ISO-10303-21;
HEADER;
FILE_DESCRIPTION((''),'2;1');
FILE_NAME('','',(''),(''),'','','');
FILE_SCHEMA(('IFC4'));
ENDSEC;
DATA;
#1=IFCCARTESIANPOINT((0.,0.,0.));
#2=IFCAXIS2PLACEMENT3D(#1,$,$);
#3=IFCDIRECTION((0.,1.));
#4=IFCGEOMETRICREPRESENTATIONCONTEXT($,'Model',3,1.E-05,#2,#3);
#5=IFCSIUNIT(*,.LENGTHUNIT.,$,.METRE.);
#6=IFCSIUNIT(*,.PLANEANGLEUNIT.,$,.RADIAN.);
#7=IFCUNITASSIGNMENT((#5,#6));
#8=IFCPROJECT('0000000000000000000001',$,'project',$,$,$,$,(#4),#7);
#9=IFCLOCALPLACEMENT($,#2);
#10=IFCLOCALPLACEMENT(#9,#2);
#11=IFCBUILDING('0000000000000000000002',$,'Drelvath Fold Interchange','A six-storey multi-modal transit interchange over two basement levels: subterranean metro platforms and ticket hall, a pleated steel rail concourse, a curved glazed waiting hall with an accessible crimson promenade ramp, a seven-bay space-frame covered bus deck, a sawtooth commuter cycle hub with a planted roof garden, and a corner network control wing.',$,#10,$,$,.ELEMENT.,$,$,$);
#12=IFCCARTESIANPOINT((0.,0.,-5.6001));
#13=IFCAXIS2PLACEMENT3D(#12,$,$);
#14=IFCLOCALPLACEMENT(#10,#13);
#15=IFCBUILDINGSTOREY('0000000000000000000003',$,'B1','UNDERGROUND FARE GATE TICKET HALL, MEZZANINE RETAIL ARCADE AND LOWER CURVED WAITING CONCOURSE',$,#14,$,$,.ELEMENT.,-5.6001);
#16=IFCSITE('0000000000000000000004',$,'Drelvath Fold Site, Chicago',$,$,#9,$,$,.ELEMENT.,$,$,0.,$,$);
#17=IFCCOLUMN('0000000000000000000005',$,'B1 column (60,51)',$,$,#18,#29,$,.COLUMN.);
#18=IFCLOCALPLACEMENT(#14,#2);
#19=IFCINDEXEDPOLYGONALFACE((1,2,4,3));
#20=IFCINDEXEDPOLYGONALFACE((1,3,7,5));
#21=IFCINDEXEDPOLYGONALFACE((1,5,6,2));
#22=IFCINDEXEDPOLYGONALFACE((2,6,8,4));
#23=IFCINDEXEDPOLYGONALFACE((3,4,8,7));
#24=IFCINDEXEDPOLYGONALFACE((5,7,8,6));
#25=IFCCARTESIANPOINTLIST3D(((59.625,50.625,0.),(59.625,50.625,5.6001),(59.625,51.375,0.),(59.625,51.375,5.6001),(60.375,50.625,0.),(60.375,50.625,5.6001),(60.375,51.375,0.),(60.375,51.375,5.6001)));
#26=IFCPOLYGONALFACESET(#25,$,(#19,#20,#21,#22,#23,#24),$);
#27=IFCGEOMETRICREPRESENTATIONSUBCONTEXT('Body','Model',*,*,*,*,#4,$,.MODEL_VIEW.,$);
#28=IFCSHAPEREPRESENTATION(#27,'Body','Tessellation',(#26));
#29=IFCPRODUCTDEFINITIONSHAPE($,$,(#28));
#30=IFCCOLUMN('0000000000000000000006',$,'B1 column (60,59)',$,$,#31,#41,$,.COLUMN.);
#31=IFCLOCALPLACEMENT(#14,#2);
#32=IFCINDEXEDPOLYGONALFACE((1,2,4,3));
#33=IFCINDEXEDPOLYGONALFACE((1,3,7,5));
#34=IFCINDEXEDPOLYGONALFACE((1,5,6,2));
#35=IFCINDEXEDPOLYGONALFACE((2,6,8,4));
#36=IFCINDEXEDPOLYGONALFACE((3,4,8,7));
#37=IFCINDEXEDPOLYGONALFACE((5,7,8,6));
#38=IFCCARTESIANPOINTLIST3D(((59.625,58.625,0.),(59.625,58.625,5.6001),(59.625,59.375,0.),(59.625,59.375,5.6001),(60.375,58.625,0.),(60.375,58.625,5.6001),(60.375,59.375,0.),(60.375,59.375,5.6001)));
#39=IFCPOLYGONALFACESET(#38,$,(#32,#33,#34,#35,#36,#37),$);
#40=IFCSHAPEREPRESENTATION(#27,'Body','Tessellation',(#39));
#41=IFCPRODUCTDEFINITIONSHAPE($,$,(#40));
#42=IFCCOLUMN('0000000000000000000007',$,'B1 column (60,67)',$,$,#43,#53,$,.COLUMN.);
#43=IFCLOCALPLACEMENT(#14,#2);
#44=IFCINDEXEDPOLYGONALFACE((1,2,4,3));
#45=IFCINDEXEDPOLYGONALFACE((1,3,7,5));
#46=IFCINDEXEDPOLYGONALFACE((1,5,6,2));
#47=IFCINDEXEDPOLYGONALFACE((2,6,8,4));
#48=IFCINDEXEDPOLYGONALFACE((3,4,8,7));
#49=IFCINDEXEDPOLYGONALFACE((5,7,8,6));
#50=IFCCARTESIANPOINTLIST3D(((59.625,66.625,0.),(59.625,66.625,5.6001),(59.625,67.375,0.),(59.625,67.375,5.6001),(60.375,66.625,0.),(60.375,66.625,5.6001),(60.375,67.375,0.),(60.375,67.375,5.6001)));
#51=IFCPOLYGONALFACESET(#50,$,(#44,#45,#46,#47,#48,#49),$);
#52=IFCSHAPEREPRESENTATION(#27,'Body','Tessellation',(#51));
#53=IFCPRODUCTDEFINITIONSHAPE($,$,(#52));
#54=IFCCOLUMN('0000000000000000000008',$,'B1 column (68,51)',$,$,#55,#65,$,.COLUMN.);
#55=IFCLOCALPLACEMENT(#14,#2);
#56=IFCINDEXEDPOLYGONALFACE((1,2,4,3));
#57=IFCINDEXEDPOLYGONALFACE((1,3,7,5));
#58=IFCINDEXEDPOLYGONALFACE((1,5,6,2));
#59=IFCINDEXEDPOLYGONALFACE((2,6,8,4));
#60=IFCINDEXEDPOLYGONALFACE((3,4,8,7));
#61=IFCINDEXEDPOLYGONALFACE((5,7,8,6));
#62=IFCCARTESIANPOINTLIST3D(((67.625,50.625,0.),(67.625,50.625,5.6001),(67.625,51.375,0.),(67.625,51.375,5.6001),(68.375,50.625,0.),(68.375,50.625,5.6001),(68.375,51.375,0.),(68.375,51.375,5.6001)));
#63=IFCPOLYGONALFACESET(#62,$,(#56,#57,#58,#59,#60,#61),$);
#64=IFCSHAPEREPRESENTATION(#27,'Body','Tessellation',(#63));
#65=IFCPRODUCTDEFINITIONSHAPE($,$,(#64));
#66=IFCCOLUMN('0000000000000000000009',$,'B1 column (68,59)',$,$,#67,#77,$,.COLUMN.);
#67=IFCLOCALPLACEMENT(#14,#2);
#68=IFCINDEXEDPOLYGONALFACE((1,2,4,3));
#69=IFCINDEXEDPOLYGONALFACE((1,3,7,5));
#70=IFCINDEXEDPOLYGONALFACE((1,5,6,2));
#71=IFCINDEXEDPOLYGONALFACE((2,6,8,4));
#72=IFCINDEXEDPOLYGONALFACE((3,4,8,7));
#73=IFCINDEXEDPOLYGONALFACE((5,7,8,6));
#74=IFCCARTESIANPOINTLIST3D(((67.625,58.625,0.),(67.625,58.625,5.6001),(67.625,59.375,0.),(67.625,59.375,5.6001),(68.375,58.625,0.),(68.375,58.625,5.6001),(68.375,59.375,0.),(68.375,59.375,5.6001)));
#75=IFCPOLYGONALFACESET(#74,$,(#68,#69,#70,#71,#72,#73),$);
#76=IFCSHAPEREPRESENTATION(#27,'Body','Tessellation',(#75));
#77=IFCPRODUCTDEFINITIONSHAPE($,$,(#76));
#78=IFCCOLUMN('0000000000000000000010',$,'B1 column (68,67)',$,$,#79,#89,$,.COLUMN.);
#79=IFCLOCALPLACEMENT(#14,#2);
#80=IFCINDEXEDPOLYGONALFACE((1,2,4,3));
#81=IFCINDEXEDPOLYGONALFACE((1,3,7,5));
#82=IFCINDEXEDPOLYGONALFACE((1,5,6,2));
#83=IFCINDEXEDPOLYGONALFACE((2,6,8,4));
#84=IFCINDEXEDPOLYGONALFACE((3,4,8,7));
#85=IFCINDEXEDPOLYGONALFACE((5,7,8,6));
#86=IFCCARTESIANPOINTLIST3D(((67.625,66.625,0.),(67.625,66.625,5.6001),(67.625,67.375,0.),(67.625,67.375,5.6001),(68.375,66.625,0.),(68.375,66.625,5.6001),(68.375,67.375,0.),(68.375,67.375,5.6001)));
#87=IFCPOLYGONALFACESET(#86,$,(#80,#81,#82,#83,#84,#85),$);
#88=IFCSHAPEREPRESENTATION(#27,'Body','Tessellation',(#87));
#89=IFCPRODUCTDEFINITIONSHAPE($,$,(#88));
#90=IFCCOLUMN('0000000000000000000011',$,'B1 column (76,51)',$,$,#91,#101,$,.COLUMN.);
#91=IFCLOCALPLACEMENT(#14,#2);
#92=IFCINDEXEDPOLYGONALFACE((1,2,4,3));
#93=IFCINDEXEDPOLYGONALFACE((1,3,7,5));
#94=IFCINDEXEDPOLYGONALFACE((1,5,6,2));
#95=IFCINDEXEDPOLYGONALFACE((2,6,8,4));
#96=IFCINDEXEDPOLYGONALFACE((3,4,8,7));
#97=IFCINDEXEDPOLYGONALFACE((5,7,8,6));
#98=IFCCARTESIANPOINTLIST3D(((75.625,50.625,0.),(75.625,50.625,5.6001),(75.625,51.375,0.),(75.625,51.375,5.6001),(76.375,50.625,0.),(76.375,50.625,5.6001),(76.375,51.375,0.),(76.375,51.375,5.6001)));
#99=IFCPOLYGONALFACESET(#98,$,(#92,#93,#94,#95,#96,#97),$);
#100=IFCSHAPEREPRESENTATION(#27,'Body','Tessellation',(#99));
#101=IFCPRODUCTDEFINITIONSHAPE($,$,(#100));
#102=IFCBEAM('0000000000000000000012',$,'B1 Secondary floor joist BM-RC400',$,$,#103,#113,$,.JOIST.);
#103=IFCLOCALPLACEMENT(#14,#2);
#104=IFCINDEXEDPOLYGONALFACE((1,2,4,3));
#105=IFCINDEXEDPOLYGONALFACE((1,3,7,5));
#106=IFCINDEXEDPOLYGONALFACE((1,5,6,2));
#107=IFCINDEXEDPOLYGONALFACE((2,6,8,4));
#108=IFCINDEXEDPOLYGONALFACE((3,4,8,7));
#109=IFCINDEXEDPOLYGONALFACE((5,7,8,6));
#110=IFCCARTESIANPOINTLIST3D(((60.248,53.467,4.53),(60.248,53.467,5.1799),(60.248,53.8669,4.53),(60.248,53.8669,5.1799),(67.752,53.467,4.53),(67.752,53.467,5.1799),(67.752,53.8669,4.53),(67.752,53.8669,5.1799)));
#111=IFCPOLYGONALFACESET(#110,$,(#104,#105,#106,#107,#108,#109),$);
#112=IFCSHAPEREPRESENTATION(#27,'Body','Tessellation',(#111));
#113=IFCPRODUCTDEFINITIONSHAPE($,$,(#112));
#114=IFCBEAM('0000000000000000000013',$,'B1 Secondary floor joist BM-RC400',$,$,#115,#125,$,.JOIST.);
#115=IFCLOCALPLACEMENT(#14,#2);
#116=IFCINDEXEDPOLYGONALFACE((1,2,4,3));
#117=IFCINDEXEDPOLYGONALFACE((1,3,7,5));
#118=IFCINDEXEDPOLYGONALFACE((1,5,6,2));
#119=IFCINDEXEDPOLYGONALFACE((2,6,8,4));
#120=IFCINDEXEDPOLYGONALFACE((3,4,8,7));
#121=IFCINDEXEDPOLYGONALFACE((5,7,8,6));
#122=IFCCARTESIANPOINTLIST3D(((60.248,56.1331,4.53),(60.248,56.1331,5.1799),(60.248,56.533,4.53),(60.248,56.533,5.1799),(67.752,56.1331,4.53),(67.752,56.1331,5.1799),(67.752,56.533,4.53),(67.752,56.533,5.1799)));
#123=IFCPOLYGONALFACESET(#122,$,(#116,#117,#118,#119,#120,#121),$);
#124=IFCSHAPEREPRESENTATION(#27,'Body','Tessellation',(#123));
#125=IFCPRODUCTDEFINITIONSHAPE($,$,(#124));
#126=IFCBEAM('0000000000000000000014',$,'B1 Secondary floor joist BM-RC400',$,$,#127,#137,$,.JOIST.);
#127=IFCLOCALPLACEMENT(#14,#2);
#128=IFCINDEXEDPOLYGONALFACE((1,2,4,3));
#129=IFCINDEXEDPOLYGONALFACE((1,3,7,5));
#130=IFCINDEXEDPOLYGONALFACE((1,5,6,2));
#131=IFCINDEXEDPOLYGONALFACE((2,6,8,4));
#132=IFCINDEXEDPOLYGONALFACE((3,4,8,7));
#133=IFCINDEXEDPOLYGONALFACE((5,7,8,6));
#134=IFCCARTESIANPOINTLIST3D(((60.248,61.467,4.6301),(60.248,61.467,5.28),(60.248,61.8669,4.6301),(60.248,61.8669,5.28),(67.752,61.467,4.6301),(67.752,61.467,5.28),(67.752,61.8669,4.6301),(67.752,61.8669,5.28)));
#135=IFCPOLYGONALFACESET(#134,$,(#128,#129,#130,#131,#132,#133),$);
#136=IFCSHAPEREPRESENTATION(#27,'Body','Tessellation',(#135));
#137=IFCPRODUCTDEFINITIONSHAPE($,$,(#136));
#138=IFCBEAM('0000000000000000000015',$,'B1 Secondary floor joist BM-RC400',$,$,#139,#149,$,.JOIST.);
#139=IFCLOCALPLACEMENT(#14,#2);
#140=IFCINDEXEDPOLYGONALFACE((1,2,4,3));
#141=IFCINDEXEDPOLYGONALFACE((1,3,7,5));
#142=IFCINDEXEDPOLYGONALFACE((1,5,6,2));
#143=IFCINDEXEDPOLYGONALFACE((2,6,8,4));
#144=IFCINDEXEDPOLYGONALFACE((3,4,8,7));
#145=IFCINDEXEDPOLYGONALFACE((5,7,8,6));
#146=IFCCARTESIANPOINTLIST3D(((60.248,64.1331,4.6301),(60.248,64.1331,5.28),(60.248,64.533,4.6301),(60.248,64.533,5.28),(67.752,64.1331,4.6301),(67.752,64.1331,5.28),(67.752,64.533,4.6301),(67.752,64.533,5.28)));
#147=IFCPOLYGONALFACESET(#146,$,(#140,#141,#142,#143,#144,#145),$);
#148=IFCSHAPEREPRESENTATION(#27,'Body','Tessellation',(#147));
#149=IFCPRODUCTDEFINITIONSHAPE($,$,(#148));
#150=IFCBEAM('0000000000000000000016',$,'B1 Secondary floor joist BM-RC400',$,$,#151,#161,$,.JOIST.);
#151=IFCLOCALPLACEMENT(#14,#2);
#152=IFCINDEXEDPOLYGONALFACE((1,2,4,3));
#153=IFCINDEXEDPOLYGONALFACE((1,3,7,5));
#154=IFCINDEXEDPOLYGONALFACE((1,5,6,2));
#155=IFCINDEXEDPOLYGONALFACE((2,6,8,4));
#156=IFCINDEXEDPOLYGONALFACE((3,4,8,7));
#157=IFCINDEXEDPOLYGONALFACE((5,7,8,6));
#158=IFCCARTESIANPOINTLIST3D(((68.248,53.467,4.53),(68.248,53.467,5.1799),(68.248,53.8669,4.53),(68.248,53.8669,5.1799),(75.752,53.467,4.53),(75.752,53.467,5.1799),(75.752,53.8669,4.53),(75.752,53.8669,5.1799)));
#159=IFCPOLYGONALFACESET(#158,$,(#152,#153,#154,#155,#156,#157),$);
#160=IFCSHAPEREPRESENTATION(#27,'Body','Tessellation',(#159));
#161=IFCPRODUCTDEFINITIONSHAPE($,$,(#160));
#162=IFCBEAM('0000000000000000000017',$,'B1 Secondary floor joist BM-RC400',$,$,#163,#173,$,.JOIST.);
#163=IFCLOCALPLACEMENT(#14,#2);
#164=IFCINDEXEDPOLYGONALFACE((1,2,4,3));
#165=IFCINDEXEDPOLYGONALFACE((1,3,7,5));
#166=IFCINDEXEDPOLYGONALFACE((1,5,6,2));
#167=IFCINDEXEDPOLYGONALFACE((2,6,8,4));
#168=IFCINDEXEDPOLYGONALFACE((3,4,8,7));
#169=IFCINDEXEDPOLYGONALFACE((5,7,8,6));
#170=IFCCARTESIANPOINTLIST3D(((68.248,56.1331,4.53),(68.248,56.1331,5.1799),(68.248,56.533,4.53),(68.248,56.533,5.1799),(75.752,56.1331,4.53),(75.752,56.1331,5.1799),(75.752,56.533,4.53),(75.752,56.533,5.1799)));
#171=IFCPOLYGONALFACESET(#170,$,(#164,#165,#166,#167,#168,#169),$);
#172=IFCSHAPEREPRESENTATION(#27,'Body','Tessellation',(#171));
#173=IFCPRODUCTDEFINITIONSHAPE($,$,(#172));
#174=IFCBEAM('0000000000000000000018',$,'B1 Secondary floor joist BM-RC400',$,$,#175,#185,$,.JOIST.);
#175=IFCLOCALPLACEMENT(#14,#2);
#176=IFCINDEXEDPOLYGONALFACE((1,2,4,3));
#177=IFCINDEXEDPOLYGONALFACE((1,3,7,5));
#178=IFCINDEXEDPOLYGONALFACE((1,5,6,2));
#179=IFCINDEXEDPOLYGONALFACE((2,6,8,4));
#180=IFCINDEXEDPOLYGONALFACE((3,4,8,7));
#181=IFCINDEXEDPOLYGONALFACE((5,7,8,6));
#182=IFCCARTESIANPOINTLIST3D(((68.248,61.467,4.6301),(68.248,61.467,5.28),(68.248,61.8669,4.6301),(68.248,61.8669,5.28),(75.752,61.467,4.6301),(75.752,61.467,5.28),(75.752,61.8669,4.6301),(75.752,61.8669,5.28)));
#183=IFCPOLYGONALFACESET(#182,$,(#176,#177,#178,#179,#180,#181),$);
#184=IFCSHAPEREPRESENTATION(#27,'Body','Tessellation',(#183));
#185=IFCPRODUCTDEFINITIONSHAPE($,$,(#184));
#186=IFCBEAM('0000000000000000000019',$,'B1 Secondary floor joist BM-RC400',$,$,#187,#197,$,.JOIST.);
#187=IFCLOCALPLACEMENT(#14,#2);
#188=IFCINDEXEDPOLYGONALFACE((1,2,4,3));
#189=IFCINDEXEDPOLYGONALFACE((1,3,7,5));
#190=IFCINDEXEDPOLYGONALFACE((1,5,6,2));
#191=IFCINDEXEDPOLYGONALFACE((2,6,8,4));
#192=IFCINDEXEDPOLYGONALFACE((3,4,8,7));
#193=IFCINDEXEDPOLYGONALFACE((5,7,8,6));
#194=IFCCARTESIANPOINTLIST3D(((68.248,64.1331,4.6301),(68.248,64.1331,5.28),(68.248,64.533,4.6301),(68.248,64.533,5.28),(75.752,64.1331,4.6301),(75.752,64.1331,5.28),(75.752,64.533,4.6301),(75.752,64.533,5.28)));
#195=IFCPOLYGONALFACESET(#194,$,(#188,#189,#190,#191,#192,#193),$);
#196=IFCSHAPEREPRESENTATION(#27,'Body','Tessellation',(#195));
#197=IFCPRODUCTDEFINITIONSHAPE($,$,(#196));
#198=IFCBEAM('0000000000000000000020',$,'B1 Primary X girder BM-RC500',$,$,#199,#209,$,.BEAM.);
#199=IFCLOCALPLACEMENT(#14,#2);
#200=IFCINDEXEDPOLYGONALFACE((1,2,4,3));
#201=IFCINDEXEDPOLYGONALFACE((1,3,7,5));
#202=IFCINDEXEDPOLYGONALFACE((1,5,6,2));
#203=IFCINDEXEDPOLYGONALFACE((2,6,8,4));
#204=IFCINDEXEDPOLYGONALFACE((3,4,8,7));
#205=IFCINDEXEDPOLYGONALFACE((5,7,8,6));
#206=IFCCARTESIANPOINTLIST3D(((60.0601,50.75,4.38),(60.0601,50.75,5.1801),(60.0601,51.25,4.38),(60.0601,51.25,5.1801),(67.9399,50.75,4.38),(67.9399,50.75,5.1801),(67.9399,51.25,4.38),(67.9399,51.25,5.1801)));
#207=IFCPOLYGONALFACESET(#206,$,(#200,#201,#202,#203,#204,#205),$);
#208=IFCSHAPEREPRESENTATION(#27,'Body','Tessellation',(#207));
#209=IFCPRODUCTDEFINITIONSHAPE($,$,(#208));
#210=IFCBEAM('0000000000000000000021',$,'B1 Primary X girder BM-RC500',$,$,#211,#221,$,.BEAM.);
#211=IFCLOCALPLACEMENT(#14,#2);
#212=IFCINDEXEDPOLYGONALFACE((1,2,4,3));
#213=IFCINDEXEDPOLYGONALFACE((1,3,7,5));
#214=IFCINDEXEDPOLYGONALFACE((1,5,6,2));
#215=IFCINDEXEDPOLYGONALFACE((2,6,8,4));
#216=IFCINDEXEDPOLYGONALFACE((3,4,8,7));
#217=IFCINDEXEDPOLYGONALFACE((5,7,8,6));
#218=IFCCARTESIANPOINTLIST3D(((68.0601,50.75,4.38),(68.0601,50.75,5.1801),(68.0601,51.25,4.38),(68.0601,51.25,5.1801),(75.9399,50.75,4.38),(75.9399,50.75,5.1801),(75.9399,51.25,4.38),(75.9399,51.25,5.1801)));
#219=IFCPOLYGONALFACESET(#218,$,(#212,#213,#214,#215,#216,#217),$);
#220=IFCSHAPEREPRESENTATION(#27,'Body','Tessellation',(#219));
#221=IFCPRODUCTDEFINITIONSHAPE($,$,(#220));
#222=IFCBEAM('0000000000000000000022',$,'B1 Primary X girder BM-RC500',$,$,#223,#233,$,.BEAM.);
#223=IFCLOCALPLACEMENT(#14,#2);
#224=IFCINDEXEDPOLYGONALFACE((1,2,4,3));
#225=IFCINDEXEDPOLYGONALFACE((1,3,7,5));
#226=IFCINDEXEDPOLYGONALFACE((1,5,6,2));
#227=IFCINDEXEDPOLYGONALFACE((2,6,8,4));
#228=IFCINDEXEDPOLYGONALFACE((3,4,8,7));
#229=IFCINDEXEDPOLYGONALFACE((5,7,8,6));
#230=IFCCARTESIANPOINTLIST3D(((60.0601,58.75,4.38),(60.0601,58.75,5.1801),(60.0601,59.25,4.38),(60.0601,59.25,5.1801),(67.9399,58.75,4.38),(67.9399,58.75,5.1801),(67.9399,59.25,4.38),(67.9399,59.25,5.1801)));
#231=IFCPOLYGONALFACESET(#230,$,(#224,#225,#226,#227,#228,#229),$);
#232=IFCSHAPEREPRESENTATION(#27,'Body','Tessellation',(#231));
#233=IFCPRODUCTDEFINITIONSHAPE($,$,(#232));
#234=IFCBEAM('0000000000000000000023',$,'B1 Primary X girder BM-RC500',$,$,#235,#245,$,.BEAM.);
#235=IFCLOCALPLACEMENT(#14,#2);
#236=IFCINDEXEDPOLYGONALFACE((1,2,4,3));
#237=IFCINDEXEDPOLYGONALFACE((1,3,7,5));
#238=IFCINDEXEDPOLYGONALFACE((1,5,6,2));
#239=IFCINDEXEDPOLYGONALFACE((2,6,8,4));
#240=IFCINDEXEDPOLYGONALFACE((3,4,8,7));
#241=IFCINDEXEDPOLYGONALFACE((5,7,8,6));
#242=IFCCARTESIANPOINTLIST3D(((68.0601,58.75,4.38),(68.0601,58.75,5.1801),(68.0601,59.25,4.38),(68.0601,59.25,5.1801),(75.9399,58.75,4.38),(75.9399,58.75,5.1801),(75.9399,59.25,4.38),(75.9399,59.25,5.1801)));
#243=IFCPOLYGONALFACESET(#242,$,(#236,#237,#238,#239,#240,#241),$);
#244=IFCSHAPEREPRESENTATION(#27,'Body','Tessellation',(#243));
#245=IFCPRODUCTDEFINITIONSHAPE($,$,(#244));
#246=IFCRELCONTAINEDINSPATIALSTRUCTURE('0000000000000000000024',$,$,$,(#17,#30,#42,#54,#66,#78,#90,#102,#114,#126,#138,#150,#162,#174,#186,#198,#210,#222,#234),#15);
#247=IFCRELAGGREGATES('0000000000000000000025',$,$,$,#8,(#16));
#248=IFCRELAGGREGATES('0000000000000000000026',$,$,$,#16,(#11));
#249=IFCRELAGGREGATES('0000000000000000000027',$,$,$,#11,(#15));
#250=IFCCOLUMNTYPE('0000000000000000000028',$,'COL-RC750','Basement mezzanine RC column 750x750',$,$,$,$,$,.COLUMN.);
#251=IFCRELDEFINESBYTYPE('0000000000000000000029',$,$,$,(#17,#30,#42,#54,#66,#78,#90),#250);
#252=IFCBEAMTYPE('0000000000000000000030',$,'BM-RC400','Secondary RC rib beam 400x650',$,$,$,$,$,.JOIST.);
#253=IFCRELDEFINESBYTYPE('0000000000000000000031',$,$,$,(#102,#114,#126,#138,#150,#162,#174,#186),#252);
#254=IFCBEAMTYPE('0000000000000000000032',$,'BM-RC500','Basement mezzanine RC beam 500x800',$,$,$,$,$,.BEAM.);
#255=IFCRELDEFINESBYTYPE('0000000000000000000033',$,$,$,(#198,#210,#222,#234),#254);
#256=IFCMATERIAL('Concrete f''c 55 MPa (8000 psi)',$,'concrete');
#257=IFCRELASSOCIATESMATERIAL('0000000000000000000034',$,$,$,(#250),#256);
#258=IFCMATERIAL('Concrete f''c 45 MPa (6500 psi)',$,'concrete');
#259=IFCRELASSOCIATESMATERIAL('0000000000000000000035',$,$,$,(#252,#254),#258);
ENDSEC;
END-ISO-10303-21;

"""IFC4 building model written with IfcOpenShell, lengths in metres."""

from ifc_helpers import new_model, si_unit, direction, frame, origin, origin_2d, place, context, subcontext, project, spatial, rectangle, extrude, material, material_profile, profile_set, type_object, element, save


model = new_model("IFC4")

# Units and contexts
model_context = context("Model", 3, precision=1e-05, world=origin(), true_north=direction((0.0, 1.0)))
body_context = subcontext(model_context, "Body", "Model", "MODEL_VIEW")
ifc_project = project(units=[si_unit("LENGTHUNIT", "METRE"), si_unit("PLANEANGLEUNIT", "RADIAN")], contexts=[model_context])

# Site, building, storey
site_placement = place(None, origin())
site = spatial("IfcSite", under=ifc_project, at=site_placement, Name="Drelvath Fold Site, Chicago", CompositionType="ELEMENT", RefElevation=0.0)
building_placement = place(site_placement, origin())
building = spatial("IfcBuilding", under=site, at=building_placement, Name="Drelvath Fold Interchange", Description="A six-storey multi-modal transit interchange over two basement levels: subterranean metro platforms and ticket hall, a pleated steel rail concourse, a curved glazed waiting hall with an accessible crimson promenade ramp, a seven-bay space-frame covered bus deck, a sawtooth commuter cycle hub with a planted roof garden, and a corner network control wing.", CompositionType="ELEMENT")
storey_placement = place(building_placement, frame((0.0, 0.0, -5.6001)))
storey = spatial("IfcBuildingStorey", under=building, at=storey_placement, Name="B1", Description="UNDERGROUND FARE GATE TICKET HALL, MEZZANINE RETAIL ARCADE AND LOWER CURVED WAITING CONCOURSE", CompositionType="ELEMENT", Elevation=-5.6001)

# Columns
ifc_material_1 = material(Name="Concrete f'c 55 MPa (8000 psi)", Category="concrete")
ifc_material_profile_1 = material_profile(ifc_material_1, rectangle(XDim=0.75, YDim=0.75, at=origin_2d()), Name="RC 750x750")
ifc_profile_set_1 = profile_set([ifc_material_profile_1], Name="Concrete f'c 55 MPa (8000 psi)")
column_type = type_object("IfcColumnType", Name="COL-RC750", Description="Basement mezzanine RC column 750x750", PredefinedType="COLUMN", material=ifc_profile_set_1)
for number, where, z_axis, x_axis, name in (
    (1, (60.0, 51.0, 0.0), (0.0, 0.0, 1.0), (1.0, 0.0, 0.0), "B1 column (60,51)"),
    (2, (60.0, 59.0, 0.0), (0.0, 0.0, 1.0), (1.0, 0.0, 0.0), "B1 column (60,59)"),
    (3, (60.0, 67.0, 0.0), (0.0, 0.0, 1.0), (1.0, 0.0, 0.0), "B1 column (60,67)"),
    (4, (68.0, 51.0, 0.0), (0.0, 0.0, 1.0), (1.0, 0.0, 0.0), "B1 column (68,51)"),
    (5, (68.0, 59.0, 0.0), (0.0, 0.0, 1.0), (1.0, 0.0, 0.0), "B1 column (68,59)"),
    (6, (68.0, 67.0, 0.0), (0.0, 0.0, 1.0), (1.0, 0.0, 0.0), "B1 column (68,67)"),
    (7, (76.0, 51.0, 0.0), (0.0, 0.0, 1.0), (1.0, 0.0, 0.0), "B1 column (76,51)"),
):
    element("IfcColumn", number, at=place(storey_placement, frame(where, z_axis=z_axis, x_axis=x_axis)), inside=storey, type_object=column_type, Name=name, PredefinedType="COLUMN", context=body_context, shape_type="SweptSolid", body=[
        extrude(rectangle(XDim=0.75, YDim=0.75, at=origin_2d()), origin(), (0.0, 0.0, 1.0), 5.6001),
    ])

# Beams
ifc_material_2 = material(Name="Concrete f'c 45 MPa (6500 psi)", Category="concrete")
ifc_material_profile_2 = material_profile(ifc_material_2, rectangle(XDim=0.3999, YDim=0.6499, at=origin_2d()), Name="RC 400x650")
ifc_profile_set_2 = profile_set([ifc_material_profile_2], Name="Concrete f'c 45 MPa (6500 psi)")
beam_type_1 = type_object("IfcBeamType", Name="BM-RC400", Description="Secondary RC rib beam 400x650", PredefinedType="JOIST", material=ifc_profile_set_2)
for number, where, z_axis, x_axis, name in (
    (8, (60.248, 53.667, 4.855), (1.0, 0.0, 0.0), (0.0, 1.0, 0.0), "B1 Secondary floor joist BM-RC400"),
    (9, (60.248, 56.333, 4.855), (1.0, 0.0, 0.0), (0.0, 1.0, 0.0), "B1 Secondary floor joist BM-RC400"),
    (10, (60.248, 61.667, 4.9551), (1.0, 0.0, 0.0), (0.0, 1.0, 0.0), "B1 Secondary floor joist BM-RC400"),
    (11, (60.248, 64.333, 4.9551), (1.0, 0.0, 0.0), (0.0, 1.0, 0.0), "B1 Secondary floor joist BM-RC400"),
    (12, (68.248, 53.667, 4.855), (1.0, 0.0, 0.0), (0.0, 1.0, 0.0), "B1 Secondary floor joist BM-RC400"),
    (13, (68.248, 56.333, 4.855), (1.0, 0.0, 0.0), (0.0, 1.0, 0.0), "B1 Secondary floor joist BM-RC400"),
    (14, (68.248, 61.667, 4.9551), (1.0, 0.0, 0.0), (0.0, 1.0, 0.0), "B1 Secondary floor joist BM-RC400"),
    (15, (68.248, 64.333, 4.9551), (1.0, 0.0, 0.0), (0.0, 1.0, 0.0), "B1 Secondary floor joist BM-RC400"),
):
    element("IfcBeam", number, at=place(storey_placement, frame(where, z_axis=z_axis, x_axis=x_axis)), inside=storey, type_object=beam_type_1, Name=name, PredefinedType="JOIST", context=body_context, shape_type="SweptSolid", body=[
        extrude(rectangle(XDim=0.3999, YDim=0.6499, at=origin_2d()), origin(), (0.0, 0.0, 1.0), 7.5039),
    ])
ifc_material_profile_3 = material_profile(ifc_material_2, rectangle(XDim=0.5, YDim=0.8, at=origin_2d()), Name="RC 500x800")
ifc_profile_set_3 = profile_set([ifc_material_profile_3], Name="Concrete f'c 45 MPa (6500 psi)")
beam_type_2 = type_object("IfcBeamType", Name="BM-RC500", Description="Basement mezzanine RC beam 500x800", PredefinedType="BEAM", material=ifc_profile_set_3)
for number, where, z_axis, x_axis, name in (
    (16, (60.0601, 51.0, 4.78), (1.0, 0.0, 0.0), (0.0, 1.0, 0.0), "B1 Primary X girder BM-RC500"),
    (17, (68.0601, 51.0, 4.78), (1.0, 0.0, 0.0), (0.0, 1.0, 0.0), "B1 Primary X girder BM-RC500"),
    (18, (60.0601, 59.0, 4.78), (1.0, 0.0, 0.0), (0.0, 1.0, 0.0), "B1 Primary X girder BM-RC500"),
    (19, (68.0601, 59.0, 4.78), (1.0, 0.0, 0.0), (0.0, 1.0, 0.0), "B1 Primary X girder BM-RC500"),
):
    element("IfcBeam", number, at=place(storey_placement, frame(where, z_axis=z_axis, x_axis=x_axis)), inside=storey, type_object=beam_type_2, Name=name, PredefinedType="BEAM", context=body_context, shape_type="SweptSolid", body=[
        extrude(rectangle(XDim=0.5, YDim=0.8, at=origin_2d()), origin(), (0.0, 0.0, 1.0), 7.8799),
    ])

save(model, "model.ifc")
